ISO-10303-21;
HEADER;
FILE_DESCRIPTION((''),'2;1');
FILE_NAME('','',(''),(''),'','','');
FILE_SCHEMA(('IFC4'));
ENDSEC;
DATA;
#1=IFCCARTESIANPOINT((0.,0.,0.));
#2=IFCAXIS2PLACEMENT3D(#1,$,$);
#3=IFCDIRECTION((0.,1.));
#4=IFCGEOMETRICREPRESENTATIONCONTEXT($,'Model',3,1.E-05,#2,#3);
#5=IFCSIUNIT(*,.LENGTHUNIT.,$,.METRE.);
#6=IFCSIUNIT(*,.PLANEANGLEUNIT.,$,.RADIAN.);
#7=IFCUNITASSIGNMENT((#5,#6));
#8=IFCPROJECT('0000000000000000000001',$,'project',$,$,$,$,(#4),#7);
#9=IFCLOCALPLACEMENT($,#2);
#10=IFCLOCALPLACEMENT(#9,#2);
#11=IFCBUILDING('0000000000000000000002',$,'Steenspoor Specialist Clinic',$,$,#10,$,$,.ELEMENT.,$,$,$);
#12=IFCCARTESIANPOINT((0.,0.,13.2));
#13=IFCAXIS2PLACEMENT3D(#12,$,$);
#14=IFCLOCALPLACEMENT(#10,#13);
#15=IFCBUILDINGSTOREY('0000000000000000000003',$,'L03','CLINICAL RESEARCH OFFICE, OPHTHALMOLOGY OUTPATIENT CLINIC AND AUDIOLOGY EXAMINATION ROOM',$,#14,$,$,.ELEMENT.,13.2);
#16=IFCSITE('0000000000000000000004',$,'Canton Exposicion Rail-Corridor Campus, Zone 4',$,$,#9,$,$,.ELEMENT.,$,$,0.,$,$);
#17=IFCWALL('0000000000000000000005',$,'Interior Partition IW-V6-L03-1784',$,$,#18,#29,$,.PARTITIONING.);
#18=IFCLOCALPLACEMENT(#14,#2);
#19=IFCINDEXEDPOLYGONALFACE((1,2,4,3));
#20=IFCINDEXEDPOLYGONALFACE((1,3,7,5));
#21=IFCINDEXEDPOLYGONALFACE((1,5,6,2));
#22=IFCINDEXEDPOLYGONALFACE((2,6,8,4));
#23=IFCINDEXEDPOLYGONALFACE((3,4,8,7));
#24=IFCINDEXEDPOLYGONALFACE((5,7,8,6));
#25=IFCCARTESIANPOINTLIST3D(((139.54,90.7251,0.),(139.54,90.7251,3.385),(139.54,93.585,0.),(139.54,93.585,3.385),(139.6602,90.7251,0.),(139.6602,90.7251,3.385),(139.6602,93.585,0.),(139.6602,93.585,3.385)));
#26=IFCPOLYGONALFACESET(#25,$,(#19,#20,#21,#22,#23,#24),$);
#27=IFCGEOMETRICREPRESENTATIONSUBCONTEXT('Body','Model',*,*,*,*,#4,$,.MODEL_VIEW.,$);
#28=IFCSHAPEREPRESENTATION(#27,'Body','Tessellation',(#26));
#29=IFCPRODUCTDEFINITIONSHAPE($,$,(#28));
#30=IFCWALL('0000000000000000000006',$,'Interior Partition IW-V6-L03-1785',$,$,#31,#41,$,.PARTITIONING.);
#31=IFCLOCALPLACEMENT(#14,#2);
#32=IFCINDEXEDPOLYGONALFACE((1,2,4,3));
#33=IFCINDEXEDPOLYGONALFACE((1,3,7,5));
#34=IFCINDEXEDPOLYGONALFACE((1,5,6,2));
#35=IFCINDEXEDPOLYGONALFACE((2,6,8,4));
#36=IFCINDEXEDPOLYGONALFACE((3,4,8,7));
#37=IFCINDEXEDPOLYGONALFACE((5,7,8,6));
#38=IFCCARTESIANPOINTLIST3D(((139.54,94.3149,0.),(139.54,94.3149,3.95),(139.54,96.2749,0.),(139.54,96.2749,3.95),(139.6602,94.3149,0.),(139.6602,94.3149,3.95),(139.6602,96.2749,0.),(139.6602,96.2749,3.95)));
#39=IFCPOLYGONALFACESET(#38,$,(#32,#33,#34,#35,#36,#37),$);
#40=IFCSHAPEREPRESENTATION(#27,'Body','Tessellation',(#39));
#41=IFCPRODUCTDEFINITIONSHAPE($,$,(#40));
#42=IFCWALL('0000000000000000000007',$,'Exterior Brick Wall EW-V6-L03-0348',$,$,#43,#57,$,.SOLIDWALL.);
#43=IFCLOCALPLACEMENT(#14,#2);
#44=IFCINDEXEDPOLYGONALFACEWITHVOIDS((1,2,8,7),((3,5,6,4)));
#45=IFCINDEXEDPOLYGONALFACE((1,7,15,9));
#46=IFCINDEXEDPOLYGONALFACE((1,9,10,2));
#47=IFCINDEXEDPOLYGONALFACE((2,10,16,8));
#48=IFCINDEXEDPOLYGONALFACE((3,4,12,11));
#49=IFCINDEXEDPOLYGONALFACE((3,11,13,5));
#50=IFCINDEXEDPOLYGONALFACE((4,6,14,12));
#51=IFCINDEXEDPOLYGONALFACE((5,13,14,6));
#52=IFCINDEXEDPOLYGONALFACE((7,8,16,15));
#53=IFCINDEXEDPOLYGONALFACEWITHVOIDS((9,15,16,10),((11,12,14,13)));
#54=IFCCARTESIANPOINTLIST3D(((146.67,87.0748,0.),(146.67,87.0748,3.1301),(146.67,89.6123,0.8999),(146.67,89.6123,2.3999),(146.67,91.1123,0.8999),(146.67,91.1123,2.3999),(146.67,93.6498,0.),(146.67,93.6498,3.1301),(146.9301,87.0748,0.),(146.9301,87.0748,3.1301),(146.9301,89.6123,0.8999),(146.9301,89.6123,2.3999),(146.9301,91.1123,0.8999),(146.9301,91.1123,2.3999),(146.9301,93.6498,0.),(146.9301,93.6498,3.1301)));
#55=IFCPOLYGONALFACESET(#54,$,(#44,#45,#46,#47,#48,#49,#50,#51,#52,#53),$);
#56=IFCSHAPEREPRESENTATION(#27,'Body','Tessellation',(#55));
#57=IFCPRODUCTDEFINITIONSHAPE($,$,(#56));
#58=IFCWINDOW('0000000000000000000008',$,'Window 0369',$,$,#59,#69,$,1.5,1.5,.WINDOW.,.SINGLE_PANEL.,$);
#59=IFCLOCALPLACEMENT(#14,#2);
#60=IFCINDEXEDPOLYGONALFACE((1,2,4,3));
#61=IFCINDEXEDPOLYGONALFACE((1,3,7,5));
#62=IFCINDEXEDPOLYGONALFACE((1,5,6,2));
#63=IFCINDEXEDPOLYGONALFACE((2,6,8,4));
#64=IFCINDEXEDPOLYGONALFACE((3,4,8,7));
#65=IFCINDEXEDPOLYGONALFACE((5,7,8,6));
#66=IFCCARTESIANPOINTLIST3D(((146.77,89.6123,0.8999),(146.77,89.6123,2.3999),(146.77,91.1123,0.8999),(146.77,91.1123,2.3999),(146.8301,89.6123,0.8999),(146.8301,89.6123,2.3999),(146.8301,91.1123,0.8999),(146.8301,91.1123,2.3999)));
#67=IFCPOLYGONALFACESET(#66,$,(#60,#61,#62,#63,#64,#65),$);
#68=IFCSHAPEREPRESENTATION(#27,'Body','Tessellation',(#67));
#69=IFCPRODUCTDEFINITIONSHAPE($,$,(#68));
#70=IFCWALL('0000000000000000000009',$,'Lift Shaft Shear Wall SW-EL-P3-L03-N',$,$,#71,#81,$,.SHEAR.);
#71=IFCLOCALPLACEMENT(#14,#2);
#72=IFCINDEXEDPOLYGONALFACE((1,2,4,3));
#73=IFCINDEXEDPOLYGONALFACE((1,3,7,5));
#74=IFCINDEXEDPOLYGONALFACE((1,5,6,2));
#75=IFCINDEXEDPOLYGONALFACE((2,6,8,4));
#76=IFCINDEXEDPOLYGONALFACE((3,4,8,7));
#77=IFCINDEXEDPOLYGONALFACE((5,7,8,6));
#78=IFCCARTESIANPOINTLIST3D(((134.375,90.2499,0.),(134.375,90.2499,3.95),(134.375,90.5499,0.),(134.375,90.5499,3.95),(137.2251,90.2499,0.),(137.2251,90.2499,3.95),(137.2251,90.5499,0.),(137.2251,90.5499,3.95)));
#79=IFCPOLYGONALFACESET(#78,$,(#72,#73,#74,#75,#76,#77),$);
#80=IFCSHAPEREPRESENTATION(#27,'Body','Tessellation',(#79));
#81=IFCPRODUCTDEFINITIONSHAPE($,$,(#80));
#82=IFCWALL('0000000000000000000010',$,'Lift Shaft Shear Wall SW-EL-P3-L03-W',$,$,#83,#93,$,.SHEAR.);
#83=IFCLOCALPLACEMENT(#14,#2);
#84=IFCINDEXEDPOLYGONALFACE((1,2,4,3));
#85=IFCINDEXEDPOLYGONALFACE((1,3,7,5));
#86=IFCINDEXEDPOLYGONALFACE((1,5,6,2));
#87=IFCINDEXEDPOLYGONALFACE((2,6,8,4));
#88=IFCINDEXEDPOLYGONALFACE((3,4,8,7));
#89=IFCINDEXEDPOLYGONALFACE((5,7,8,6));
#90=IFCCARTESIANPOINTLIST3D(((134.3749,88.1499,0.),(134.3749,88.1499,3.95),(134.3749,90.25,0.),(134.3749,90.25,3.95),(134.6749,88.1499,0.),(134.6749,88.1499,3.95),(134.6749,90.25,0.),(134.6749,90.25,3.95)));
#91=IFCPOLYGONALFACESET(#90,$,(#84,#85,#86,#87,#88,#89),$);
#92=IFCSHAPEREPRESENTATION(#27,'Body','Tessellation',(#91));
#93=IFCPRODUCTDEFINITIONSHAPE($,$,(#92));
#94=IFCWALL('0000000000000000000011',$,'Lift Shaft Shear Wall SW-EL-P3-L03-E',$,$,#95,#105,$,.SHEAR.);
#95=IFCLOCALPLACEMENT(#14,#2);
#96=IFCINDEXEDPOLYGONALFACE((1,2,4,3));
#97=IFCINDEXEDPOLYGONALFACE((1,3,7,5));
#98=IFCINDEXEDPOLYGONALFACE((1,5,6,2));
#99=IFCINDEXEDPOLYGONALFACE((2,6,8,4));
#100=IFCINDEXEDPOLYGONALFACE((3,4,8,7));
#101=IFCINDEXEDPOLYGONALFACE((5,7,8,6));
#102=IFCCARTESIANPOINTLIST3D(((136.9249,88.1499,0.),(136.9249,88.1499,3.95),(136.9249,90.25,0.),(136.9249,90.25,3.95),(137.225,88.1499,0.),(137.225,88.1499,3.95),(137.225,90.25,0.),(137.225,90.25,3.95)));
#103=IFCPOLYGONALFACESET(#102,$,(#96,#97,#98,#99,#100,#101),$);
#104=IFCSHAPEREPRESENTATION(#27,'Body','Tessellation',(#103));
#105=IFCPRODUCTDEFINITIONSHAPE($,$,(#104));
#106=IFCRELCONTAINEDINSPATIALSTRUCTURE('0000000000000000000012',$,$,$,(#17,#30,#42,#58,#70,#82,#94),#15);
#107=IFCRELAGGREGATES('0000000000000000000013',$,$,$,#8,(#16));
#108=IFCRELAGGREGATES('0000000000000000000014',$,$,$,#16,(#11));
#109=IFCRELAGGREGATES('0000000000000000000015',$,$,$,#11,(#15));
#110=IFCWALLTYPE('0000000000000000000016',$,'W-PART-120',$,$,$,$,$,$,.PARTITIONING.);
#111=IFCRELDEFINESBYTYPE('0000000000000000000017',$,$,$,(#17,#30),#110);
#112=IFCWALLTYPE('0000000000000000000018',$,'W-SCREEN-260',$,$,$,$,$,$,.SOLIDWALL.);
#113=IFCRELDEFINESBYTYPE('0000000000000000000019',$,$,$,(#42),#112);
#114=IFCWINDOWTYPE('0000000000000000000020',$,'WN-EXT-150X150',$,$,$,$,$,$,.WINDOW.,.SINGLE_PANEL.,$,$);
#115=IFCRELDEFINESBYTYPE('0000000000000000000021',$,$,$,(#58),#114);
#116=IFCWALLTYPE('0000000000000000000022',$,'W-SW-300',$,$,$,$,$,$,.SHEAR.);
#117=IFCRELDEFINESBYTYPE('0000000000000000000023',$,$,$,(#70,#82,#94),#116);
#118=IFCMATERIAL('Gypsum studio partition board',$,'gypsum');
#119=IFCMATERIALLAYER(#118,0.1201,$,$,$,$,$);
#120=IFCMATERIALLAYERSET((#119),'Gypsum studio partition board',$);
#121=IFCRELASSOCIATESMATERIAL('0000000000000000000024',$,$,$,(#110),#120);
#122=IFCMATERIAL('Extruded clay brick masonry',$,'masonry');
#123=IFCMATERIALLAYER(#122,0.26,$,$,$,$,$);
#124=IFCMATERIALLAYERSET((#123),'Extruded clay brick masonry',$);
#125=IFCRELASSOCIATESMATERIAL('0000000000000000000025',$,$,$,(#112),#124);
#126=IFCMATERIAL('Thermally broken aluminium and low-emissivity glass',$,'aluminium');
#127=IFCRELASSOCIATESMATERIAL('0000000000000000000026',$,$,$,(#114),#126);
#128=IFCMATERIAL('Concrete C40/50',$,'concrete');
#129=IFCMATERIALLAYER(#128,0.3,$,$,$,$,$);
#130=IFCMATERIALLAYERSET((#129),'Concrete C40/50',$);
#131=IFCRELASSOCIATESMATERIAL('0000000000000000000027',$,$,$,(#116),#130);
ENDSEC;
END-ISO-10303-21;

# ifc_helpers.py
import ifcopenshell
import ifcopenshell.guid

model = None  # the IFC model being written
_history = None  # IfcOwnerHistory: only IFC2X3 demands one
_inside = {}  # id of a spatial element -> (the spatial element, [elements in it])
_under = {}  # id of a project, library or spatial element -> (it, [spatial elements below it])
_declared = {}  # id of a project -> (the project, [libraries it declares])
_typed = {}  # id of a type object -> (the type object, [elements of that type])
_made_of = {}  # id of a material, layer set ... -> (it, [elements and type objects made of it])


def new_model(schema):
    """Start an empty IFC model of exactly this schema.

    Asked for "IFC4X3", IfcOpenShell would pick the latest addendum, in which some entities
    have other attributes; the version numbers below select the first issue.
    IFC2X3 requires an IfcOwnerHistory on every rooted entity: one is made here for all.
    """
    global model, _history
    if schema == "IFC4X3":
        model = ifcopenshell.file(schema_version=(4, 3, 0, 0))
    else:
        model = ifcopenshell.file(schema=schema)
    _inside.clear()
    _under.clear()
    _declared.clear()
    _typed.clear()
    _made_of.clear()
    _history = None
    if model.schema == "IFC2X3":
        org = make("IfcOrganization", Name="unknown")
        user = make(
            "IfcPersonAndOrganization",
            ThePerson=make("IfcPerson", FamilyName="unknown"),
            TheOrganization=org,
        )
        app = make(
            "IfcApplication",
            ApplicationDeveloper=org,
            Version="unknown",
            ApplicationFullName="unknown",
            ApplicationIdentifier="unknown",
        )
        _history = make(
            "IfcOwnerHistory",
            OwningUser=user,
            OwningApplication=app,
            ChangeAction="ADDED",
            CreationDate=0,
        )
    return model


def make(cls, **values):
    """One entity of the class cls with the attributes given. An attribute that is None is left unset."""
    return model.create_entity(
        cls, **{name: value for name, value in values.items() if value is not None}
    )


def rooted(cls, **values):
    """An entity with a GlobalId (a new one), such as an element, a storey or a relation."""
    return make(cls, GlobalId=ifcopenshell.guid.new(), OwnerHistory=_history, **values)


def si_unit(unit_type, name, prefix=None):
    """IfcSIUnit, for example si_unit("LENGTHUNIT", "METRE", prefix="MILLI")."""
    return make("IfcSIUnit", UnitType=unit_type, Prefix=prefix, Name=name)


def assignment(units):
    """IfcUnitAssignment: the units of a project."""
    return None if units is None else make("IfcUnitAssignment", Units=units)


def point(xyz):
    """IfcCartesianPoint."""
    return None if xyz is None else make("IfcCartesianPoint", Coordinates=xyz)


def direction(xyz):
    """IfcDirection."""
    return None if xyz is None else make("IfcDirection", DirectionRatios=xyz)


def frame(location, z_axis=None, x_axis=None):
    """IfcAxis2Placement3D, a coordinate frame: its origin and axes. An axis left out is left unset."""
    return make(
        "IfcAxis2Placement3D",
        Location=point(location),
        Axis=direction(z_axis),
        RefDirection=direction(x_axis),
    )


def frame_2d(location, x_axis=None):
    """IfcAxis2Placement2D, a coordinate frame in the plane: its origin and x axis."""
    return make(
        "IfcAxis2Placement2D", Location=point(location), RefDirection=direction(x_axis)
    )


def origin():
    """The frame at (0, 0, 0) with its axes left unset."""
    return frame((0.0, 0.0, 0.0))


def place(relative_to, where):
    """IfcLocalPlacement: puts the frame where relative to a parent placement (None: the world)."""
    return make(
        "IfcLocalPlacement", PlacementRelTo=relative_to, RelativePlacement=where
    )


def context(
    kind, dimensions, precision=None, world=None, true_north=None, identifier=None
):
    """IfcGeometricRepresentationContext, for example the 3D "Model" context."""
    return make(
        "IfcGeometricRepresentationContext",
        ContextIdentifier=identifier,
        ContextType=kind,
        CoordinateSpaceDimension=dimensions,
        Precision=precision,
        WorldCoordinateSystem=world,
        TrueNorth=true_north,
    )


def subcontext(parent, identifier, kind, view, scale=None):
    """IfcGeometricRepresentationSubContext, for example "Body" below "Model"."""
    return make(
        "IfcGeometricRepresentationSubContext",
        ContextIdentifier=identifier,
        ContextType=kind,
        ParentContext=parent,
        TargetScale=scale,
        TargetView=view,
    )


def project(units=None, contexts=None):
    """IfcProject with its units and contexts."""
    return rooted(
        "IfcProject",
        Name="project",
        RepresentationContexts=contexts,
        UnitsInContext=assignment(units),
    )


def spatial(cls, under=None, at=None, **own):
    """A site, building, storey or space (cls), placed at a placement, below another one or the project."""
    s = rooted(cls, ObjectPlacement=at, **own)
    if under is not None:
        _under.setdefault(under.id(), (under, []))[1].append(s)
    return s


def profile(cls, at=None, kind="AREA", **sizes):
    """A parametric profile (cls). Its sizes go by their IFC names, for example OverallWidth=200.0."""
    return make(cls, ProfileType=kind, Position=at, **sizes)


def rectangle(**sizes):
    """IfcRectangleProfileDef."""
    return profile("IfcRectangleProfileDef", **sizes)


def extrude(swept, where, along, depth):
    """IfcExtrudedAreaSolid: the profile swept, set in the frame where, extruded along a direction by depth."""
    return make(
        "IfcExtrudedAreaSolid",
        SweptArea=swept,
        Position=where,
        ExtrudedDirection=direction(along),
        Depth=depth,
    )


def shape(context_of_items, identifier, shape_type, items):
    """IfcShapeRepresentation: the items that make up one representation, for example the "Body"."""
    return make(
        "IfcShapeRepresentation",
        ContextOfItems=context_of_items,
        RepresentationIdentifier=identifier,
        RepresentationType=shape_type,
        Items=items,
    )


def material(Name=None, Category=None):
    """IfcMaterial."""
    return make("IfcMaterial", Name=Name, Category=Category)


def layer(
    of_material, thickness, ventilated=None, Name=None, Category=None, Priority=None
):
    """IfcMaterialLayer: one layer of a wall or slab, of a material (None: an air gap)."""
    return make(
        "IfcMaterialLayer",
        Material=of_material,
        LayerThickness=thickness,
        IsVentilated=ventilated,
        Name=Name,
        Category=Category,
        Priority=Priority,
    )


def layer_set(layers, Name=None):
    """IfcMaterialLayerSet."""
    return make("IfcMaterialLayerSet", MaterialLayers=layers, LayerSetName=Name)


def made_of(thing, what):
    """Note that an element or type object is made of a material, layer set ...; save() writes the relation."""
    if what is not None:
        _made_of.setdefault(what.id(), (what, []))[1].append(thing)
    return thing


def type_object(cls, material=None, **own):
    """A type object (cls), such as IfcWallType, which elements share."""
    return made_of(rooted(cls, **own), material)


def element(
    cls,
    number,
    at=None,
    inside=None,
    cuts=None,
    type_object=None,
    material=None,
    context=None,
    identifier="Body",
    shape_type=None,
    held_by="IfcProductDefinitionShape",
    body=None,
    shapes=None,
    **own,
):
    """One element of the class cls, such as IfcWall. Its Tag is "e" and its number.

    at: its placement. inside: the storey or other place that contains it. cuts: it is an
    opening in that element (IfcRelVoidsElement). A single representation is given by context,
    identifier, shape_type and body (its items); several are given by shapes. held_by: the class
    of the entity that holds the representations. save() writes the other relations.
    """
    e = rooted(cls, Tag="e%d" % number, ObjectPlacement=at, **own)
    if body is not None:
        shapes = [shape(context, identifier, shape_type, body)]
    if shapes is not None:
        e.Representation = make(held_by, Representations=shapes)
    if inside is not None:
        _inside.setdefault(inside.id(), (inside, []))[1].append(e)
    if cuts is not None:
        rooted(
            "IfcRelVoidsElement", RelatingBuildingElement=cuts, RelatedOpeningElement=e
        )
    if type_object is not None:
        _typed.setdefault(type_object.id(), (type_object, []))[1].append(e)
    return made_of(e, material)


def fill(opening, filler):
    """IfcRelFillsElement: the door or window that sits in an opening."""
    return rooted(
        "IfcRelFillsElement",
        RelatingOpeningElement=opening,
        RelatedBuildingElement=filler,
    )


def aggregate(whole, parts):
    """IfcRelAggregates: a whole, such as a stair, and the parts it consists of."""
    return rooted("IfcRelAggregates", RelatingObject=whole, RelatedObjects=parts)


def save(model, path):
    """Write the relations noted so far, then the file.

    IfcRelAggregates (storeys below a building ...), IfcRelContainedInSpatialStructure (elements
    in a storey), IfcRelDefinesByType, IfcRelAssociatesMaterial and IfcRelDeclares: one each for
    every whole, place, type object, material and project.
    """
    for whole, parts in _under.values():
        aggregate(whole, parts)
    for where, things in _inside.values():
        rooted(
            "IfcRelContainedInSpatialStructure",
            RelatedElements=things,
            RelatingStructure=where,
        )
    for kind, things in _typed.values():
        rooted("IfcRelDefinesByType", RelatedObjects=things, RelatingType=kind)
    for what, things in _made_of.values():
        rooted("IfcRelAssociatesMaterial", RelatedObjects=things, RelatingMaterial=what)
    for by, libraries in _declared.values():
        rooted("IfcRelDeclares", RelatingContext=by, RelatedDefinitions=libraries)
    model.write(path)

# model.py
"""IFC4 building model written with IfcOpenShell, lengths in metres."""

from ifc_helpers import new_model, si_unit, direction, frame, frame_2d, origin, place, context, subcontext, project, spatial, rectangle, extrude, material, layer, layer_set, type_object, element, fill, save


model = new_model("IFC4")

# Units and contexts
model_context = context("Model", 3, precision=1e-05, world=origin(), true_north=direction((0.0, 1.0)))
body_context = subcontext(model_context, "Body", "Model", "MODEL_VIEW")
ifc_project = project(units=[si_unit("LENGTHUNIT", "METRE"), si_unit("PLANEANGLEUNIT", "RADIAN")], contexts=[model_context])

# Site, building, storey
site_placement = place(None, origin())
site = spatial("IfcSite", under=ifc_project, at=site_placement, Name="Canton Exposicion Rail-Corridor Campus, Zone 4", CompositionType="ELEMENT", RefElevation=0.0)
building_placement = place(site_placement, origin())
building = spatial("IfcBuilding", under=site, at=building_placement, Name="Steenspoor Specialist Clinic", CompositionType="ELEMENT")
storey_placement = place(building_placement, frame((0.0, 0.0, 13.2)))
storey = spatial("IfcBuildingStorey", under=building, at=storey_placement, Name="L03", Description="CLINICAL RESEARCH OFFICE, OPHTHALMOLOGY OUTPATIENT CLINIC AND AUDIOLOGY EXAMINATION ROOM", CompositionType="ELEMENT", Elevation=13.2)

# Shared definitions
ifc_material_1 = material(Name="Concrete C40/50", Category="concrete")

# Shared definitions
ifc_material_2 = material(Name="Thermally broken aluminium and low-emissivity glass", Category="aluminium")

# Shared definitions
ifc_material_3 = material(Name="Gypsum studio partition board", Category="gypsum")
ifc_layer_1 = layer(ifc_material_3, 0.1201)
ifc_layer_set_1 = layer_set([ifc_layer_1], Name="Gypsum studio partition board")
wall_type_1 = type_object("IfcWallType", Name="W-PART-120", PredefinedType="PARTITIONING", material=ifc_layer_set_1)

# Walls
wall_1_placement = place(storey_placement, frame((139.6001, 90.7251, 0.0), z_axis=(0.0, 0.0, 1.0), x_axis=(0.0, 1.0, 0.0)))
element("IfcWall", 1, at=wall_1_placement, inside=storey, type_object=wall_type_1, Name="Interior Partition IW-V6-L03-1784", PredefinedType="PARTITIONING", context=body_context, shape_type="SweptSolid", body=[
    extrude(rectangle(XDim=2.8599, YDim=0.1201, at=frame_2d((1.4299, 0.0))), origin(), (0.0, 0.0, 1.0), 3.385),
])
wall_2_placement = place(storey_placement, frame((139.6001, 94.3149, 0.0), z_axis=(0.0, 0.0, 1.0), x_axis=(0.0, 1.0, 0.0)))
element("IfcWall", 2, at=wall_2_placement, inside=storey, type_object=wall_type_1, Name="Interior Partition IW-V6-L03-1785", PredefinedType="PARTITIONING", context=body_context, shape_type="SweptSolid", body=[
    extrude(rectangle(XDim=1.96, YDim=0.1201, at=frame_2d((0.98, 0.0))), origin(), (0.0, 0.0, 1.0), 3.95),
])

# Wall, opening, window
ifc_material_4 = material(Name="Extruded clay brick masonry", Category="masonry")
ifc_layer_2 = layer(ifc_material_4, 0.26)
ifc_layer_set_2 = layer_set([ifc_layer_2], Name="Extruded clay brick masonry")
wall_type_2 = type_object("IfcWallType", Name="W-SCREEN-260", PredefinedType="SOLIDWALL", material=ifc_layer_set_2)
wall_3_placement = place(storey_placement, frame((146.8, 93.6499, 0.0), z_axis=(0.0, 0.0, 1.0), x_axis=(0.0, -1.0, 0.0)))
wall_3 = element("IfcWall", 3, at=wall_3_placement, inside=storey, type_object=wall_type_2, Name="Exterior Brick Wall EW-V6-L03-0348", PredefinedType="SOLIDWALL", context=body_context, shape_type="SweptSolid", body=[
    extrude(rectangle(XDim=6.575, YDim=0.26, at=frame_2d((3.2876, 0.0))), origin(), (0.0, 0.0, 1.0), 3.1301),
])
opening_1_placement = place(wall_3_placement, frame((2.5376, 0.0, 0.8999)))
opening_1 = element("IfcOpeningElement", 4, at=opening_1_placement, cuts=wall_3, PredefinedType="OPENING", context=body_context, shape_type="SweptSolid", body=[
    extrude(rectangle(XDim=1.5, YDim=1.5, at=frame_2d((0.75, 0.75))), frame((0.0, 0.1401, 0.0), z_axis=(0.0, -1.0, 0.0), x_axis=(1.0, 0.0, 0.0)), (0.0, 0.0, 1.0), 0.28),
])
window_type = type_object("IfcWindowType", Name="WN-EXT-150X150", PartitioningType="SINGLE_PANEL", PredefinedType="WINDOW", material=ifc_material_2)
window_placement = place(opening_1_placement, origin())
window = element("IfcWindow", 5, at=window_placement, inside=storey, type_object=window_type, Name="Window 0369", OverallHeight=1.5, OverallWidth=1.5, PartitioningType="SINGLE_PANEL", PredefinedType="WINDOW", context=body_context, shape_type="SweptSolid", body=[
    extrude(rectangle(XDim=1.5, YDim=1.5, at=frame_2d((0.75, 0.75))), frame((0.0, 0.03, 0.0), z_axis=(0.0, -1.0, 0.0), x_axis=(1.0, 0.0, 0.0)), (0.0, 0.0, 1.0), 0.0601),
])
fill(opening_1, window)

# Walls
ifc_layer_3 = layer(ifc_material_1, 0.3)
ifc_layer_set_3 = layer_set([ifc_layer_3], Name="Concrete C40/50")
wall_type_3 = type_object("IfcWallType", Name="W-SW-300", PredefinedType="SHEAR", material=ifc_layer_set_3)
wall_4_placement = place(storey_placement, frame((134.375, 90.3999, 0.0), z_axis=(0.0, 0.0, 1.0), x_axis=(1.0, 0.0, 0.0)))
element("IfcWall", 6, at=wall_4_placement, inside=storey, type_object=wall_type_3, Name="Lift Shaft Shear Wall SW-EL-P3-L03-N", PredefinedType="SHEAR", context=body_context, shape_type="SweptSolid", body=[
    extrude(rectangle(XDim=2.8501, YDim=0.3, at=frame_2d((1.425, 0.0))), origin(), (0.0, 0.0, 1.0), 3.95),
])
for number, where, z_axis, x_axis, name in (
    (7, (134.5249, 88.1499, 0.0), (0.0, 0.0, 1.0), (0.0, 1.0, 0.0), "Lift Shaft Shear Wall SW-EL-P3-L03-W"),
    (8, (137.075, 88.1499, 0.0), (0.0, 0.0, 1.0), (0.0, 1.0, 0.0), "Lift Shaft Shear Wall SW-EL-P3-L03-E"),
):
    element("IfcWall", number, at=place(storey_placement, frame(where, z_axis=z_axis, x_axis=x_axis)), inside=storey, type_object=wall_type_3, Name=name, PredefinedType="SHEAR", context=body_context, shape_type="SweptSolid", body=[
        extrude(rectangle(XDim=2.1001, YDim=0.3, at=frame_2d((1.05, 0.0))), origin(), (0.0, 0.0, 1.0), 3.95),
    ])

save(model, "model.ifc")
